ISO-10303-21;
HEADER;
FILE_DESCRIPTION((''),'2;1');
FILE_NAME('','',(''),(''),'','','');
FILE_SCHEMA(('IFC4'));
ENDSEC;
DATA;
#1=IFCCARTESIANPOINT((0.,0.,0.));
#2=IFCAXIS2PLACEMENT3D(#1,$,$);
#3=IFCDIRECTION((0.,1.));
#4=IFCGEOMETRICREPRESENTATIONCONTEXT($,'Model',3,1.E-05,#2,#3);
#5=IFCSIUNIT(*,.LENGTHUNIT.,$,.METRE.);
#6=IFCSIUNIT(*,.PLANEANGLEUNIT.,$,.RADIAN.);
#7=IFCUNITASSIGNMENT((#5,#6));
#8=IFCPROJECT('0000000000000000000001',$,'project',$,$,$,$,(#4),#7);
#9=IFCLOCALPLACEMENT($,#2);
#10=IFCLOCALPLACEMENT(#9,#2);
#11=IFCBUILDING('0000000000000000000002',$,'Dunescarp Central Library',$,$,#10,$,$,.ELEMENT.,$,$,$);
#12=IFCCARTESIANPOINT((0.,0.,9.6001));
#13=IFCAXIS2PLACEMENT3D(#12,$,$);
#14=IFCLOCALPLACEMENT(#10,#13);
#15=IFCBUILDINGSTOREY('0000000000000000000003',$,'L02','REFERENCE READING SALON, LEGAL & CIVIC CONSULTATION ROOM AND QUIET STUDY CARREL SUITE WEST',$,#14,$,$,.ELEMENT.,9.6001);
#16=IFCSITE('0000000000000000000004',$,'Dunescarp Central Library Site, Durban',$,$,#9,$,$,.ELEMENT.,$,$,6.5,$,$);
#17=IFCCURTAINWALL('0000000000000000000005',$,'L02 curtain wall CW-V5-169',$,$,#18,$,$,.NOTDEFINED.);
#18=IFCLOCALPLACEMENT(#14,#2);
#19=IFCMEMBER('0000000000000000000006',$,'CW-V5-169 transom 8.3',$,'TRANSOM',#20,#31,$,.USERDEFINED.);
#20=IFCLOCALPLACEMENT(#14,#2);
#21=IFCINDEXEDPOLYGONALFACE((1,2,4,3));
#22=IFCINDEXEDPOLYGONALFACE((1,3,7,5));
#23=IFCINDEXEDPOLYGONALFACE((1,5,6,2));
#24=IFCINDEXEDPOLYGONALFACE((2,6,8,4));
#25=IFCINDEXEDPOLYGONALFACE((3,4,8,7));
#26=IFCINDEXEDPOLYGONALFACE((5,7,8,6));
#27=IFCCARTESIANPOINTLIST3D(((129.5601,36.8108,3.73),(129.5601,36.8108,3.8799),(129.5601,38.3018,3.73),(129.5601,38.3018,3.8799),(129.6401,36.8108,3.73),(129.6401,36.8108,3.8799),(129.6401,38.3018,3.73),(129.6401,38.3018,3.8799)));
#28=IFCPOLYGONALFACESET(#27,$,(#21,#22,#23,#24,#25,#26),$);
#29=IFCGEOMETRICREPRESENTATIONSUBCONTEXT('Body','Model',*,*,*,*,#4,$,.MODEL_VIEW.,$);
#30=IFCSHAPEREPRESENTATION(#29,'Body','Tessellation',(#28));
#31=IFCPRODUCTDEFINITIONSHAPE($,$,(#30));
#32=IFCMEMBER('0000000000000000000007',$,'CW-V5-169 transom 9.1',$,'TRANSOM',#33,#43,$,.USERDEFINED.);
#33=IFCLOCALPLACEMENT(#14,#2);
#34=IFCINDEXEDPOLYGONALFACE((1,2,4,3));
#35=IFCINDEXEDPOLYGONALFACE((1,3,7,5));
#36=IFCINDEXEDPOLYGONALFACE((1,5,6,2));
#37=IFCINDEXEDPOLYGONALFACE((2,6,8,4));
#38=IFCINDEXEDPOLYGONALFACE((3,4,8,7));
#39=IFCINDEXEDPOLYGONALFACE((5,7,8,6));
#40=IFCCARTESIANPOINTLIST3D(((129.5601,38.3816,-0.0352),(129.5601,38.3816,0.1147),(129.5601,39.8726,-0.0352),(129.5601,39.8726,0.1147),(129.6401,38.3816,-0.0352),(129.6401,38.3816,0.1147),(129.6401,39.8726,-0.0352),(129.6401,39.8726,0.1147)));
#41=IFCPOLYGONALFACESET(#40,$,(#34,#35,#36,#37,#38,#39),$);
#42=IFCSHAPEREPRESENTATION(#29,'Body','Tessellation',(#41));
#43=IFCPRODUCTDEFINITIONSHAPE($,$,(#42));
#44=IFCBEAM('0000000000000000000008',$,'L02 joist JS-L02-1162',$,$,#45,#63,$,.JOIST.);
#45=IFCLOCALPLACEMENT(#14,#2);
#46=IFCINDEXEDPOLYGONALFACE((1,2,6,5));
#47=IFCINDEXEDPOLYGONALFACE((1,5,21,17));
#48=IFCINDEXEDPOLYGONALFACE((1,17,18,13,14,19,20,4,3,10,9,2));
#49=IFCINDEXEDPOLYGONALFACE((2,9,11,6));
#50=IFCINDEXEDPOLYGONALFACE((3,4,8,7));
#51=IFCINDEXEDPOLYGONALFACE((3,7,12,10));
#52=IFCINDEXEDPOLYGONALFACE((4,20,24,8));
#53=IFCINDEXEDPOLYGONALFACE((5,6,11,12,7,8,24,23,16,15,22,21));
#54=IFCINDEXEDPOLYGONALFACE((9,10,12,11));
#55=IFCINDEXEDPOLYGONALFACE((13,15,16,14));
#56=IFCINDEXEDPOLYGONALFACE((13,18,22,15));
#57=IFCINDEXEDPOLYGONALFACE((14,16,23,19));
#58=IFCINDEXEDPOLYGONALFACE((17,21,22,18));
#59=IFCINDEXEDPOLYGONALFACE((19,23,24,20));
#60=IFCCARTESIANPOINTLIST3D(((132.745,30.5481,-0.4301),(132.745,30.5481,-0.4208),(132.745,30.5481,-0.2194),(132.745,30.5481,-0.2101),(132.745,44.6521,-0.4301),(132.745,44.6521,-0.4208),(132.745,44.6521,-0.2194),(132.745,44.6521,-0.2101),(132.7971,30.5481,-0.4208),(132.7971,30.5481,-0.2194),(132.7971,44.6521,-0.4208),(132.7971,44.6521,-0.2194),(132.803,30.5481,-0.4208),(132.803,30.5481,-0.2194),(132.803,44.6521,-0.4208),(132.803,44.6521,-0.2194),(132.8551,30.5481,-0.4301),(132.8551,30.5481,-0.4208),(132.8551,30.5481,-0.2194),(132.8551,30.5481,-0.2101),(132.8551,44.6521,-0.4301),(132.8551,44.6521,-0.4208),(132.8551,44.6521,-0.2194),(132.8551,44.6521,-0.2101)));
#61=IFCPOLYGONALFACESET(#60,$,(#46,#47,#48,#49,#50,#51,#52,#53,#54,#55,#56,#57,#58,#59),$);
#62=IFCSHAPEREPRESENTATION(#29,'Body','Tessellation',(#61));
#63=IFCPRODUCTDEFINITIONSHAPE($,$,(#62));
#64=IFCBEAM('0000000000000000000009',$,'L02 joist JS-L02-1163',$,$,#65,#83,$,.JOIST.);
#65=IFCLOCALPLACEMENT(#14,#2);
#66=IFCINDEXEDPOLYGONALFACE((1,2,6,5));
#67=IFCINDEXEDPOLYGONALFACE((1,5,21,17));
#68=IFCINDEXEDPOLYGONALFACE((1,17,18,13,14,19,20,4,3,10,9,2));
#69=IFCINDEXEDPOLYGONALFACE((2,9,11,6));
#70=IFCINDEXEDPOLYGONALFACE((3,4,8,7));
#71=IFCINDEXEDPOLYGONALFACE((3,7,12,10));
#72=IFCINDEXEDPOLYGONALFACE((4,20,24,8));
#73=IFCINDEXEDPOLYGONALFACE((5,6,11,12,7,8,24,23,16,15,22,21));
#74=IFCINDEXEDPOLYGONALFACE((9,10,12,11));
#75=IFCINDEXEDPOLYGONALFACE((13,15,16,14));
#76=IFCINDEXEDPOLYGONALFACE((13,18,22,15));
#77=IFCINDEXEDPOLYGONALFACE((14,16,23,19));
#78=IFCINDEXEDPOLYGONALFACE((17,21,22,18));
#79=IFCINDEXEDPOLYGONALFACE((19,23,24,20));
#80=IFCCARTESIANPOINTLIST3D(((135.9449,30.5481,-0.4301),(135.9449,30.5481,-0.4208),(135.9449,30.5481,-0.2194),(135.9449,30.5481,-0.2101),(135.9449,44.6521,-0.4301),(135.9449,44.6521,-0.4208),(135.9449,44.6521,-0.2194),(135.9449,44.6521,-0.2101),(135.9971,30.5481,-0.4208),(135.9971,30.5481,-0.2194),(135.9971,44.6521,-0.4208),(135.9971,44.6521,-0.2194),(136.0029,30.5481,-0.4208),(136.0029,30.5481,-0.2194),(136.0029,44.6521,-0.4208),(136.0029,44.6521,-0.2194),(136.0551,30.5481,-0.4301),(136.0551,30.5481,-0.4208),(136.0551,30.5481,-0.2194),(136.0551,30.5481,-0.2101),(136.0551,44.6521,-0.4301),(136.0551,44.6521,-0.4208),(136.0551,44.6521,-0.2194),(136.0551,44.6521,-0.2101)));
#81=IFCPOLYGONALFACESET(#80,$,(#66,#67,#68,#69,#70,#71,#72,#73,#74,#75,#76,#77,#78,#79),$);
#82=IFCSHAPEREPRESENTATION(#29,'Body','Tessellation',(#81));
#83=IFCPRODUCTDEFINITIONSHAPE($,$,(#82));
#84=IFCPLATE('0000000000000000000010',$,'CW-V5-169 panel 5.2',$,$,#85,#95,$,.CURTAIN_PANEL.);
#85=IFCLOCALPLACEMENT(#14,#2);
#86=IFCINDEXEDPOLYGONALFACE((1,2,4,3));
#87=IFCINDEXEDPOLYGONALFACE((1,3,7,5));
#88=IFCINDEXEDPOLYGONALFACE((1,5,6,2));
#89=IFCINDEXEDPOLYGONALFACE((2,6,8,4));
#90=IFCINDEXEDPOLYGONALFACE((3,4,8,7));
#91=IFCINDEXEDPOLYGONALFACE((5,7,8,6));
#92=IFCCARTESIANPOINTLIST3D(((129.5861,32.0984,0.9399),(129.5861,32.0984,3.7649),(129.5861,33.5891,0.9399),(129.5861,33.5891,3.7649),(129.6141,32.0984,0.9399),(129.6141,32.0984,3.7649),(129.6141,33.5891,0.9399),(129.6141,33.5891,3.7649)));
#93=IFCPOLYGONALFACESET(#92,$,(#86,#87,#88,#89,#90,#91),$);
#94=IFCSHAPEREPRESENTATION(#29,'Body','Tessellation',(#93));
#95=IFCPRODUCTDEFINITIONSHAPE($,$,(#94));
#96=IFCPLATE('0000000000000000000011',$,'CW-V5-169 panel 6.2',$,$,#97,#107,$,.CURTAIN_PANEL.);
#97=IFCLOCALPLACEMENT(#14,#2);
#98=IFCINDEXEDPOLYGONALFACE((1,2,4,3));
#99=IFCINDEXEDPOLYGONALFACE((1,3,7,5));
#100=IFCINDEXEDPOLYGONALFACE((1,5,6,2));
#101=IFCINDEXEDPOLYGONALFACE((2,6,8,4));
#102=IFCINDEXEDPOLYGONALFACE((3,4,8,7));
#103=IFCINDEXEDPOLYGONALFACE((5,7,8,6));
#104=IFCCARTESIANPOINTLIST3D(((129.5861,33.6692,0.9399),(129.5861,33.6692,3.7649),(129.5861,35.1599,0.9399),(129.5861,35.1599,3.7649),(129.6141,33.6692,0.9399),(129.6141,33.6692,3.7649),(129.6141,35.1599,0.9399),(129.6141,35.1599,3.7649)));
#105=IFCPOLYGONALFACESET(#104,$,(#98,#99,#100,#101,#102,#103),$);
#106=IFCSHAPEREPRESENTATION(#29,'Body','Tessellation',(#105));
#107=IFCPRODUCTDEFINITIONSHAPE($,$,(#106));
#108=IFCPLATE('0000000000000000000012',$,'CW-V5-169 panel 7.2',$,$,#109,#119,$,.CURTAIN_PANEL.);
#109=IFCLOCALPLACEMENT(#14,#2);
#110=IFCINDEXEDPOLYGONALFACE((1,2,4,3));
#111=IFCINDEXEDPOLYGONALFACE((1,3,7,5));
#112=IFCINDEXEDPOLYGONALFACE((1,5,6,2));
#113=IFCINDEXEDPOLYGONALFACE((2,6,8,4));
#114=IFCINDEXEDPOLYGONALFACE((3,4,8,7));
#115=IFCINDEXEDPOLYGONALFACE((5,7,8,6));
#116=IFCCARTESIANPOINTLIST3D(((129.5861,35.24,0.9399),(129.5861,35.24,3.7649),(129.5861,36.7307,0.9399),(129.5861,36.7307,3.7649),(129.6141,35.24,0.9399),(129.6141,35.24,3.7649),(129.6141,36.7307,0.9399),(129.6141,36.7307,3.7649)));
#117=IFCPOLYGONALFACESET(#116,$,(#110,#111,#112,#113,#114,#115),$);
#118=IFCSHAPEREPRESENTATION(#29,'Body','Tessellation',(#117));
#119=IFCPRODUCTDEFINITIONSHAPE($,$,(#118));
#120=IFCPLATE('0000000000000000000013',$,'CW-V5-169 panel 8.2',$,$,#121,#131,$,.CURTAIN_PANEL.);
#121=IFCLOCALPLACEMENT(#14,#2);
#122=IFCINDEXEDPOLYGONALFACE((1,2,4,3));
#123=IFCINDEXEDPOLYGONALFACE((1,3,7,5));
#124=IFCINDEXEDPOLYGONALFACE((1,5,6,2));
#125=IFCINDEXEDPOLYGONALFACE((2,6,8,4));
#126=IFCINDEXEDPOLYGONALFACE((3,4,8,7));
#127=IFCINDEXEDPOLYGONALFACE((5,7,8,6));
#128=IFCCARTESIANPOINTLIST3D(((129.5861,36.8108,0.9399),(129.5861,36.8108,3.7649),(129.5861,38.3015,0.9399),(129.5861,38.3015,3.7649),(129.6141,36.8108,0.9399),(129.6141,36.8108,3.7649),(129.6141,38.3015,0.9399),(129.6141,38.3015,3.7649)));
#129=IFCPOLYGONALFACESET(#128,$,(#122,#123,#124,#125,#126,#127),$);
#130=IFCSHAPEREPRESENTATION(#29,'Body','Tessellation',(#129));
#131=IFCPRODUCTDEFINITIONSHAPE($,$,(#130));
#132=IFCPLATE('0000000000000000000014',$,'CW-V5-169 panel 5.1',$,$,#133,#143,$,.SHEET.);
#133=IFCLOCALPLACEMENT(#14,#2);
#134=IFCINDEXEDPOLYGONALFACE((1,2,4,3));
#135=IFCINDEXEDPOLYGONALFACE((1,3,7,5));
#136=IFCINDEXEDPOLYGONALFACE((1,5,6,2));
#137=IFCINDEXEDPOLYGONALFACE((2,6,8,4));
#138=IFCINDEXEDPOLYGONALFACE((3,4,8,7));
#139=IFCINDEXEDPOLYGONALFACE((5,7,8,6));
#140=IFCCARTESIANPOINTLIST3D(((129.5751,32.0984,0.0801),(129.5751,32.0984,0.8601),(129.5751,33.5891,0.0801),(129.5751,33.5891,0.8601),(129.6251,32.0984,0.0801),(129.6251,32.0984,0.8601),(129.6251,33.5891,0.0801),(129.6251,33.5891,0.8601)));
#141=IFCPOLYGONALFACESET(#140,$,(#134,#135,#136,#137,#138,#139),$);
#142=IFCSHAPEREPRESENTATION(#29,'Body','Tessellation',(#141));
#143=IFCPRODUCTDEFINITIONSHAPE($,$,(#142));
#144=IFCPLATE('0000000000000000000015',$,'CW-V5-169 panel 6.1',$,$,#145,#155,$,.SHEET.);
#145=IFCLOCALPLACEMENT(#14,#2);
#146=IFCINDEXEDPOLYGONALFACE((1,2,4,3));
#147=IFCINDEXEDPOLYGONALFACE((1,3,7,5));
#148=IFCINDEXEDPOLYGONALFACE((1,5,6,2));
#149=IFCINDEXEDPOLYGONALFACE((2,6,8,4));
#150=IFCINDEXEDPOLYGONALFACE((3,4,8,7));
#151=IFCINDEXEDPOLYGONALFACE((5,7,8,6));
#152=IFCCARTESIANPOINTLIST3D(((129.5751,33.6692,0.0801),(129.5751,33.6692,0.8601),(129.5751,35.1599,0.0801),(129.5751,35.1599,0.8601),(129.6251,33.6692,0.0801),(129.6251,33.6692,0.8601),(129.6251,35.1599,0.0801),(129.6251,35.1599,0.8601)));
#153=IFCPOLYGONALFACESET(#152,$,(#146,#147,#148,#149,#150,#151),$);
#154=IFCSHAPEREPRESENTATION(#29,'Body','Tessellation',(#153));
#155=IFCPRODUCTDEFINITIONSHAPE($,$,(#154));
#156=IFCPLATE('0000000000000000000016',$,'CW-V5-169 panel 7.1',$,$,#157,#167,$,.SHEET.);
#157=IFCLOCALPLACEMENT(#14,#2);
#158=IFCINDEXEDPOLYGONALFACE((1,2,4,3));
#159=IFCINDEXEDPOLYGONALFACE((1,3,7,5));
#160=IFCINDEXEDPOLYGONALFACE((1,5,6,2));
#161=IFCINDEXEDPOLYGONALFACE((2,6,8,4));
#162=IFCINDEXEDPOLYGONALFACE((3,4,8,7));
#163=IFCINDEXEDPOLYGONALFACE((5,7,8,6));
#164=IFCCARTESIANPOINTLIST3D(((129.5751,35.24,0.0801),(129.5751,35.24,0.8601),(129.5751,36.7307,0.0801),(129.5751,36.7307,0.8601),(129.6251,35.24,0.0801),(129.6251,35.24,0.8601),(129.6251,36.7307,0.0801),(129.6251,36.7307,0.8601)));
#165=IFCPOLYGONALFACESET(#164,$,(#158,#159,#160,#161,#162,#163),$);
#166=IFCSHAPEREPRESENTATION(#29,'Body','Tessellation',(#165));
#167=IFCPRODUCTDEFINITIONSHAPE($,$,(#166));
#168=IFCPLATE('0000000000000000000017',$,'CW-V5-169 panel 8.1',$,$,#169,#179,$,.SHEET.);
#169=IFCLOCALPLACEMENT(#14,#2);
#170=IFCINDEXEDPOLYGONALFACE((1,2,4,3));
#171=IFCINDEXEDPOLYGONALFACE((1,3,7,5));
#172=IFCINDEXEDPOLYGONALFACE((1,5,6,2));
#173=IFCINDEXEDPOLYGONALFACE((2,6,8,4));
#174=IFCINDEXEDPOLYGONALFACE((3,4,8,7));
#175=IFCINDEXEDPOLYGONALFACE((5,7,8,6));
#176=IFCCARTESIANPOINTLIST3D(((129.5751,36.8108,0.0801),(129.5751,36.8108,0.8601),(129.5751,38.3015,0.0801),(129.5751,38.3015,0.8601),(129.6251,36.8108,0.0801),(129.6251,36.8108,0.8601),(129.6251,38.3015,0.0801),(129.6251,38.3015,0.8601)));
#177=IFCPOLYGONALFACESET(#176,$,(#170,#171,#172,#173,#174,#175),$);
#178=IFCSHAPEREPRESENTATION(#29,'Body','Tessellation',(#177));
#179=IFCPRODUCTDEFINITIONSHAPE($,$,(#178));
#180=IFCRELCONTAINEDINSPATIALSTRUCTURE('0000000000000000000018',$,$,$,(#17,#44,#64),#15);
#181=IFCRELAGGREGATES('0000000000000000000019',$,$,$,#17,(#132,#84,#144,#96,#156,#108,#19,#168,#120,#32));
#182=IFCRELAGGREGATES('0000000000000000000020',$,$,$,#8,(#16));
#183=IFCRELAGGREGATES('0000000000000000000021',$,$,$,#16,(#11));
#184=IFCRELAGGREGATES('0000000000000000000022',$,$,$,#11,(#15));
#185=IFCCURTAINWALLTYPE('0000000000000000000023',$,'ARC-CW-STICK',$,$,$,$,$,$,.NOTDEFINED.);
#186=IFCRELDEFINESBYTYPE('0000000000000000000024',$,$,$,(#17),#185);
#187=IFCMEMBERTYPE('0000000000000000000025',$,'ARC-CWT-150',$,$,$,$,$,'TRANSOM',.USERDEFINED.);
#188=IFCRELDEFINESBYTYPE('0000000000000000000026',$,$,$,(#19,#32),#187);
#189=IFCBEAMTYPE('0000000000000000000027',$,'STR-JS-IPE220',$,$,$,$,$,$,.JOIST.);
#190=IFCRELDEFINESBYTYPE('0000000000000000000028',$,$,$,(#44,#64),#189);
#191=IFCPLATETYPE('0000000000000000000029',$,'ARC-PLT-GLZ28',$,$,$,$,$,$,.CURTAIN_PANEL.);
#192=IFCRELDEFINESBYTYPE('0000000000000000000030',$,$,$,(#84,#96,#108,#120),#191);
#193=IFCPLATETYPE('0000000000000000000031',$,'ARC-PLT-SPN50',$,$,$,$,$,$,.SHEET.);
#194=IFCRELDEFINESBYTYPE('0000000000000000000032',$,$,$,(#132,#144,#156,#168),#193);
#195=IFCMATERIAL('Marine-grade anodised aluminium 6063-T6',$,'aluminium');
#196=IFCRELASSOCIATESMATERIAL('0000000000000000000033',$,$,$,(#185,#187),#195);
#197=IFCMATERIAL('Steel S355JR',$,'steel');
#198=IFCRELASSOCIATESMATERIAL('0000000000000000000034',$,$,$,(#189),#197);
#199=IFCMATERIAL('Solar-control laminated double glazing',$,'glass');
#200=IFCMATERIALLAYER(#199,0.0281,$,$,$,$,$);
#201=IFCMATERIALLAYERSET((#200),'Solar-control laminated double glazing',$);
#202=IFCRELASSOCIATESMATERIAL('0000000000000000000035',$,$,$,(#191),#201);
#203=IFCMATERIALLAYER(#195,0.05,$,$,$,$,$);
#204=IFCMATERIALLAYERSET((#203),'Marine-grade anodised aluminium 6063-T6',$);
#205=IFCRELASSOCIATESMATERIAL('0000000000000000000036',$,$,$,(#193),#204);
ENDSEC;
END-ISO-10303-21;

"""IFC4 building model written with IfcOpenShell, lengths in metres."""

from ifc_helpers import new_model, si_unit, direction, frame, origin, origin_2d, place, context, subcontext, project, spatial, rectangle, i_section, extrude, material, layer, layer_set, material_profile, profile_set, type_object, element, aggregate, save


model = new_model("IFC4")

# Units and contexts
model_context = context("Model", 3, precision=1e-05, world=origin(), true_north=direction((0.0, 1.0)))
body_context = subcontext(model_context, "Body", "Model", "MODEL_VIEW")
ifc_project = project(units=[si_unit("LENGTHUNIT", "METRE"), si_unit("PLANEANGLEUNIT", "RADIAN")], contexts=[model_context])

# Site, building, storey
site_placement = place(None, origin())
site = spatial("IfcSite", under=ifc_project, at=site_placement, Name="Dunescarp Central Library Site, Durban", CompositionType="ELEMENT", RefElevation=6.5)
building_placement = place(site_placement, origin())
building = spatial("IfcBuilding", under=site, at=building_placement, Name="Dunescarp Central Library", CompositionType="ELEMENT")
storey_placement = place(building_placement, frame((0.0, 0.0, 9.6001)))
storey = spatial("IfcBuildingStorey", under=building, at=storey_placement, Name="L02", Description="REFERENCE READING SALON, LEGAL & CIVIC CONSULTATION ROOM AND QUIET STUDY CARREL SUITE WEST", CompositionType="ELEMENT", Elevation=9.6001)

# Curtain wall, members
ifc_material_1 = material(Name="Marine-grade anodised aluminium 6063-T6", Category="aluminium")
curtain_wall_type = type_object("IfcCurtainWallType", Name="ARC-CW-STICK", PredefinedType="NOTDEFINED", material=ifc_material_1)
curtain_wall_placement = place(storey_placement, origin())
curtain_wall = element("IfcCurtainWall", 1, at=curtain_wall_placement, inside=storey, type_object=curtain_wall_type, Name="L02 curtain wall CW-V5-169", PredefinedType="NOTDEFINED")
ifc_material_profile_1 = material_profile(ifc_material_1, rectangle(XDim=0.0801, YDim=0.1499, at=origin_2d()), Name="AL 80x150")
ifc_profile_set_1 = profile_set([ifc_material_profile_1], Name="Marine-grade anodised aluminium 6063-T6")
member_type_1 = type_object("IfcMemberType", Name="ARC-CWT-150", ElementType="TRANSOM", PredefinedType="USERDEFINED", material=ifc_profile_set_1)
member_1_placement = place(storey_placement, frame((129.6001, 36.8108, 3.8049), z_axis=(0.0, 1.0, 0.0), x_axis=(-1.0, 0.0, 0.0)))
member_1 = element("IfcMember", 2, at=member_1_placement, type_object=member_type_1, Name="CW-V5-169 transom 8.3", ObjectType="TRANSOM", PredefinedType="USERDEFINED", context=body_context, shape_type="SweptSolid", body=[
    extrude(rectangle(XDim=0.0801, YDim=0.1499, at=origin_2d()), origin(), (0.0, 0.0, 1.0), 1.491),
])
member_2_placement = place(storey_placement, frame((129.6001, 38.3816, 0.0398), z_axis=(0.0, 1.0, 0.0), x_axis=(-1.0, 0.0, 0.0)))
member_2 = element("IfcMember", 3, at=member_2_placement, type_object=member_type_1, Name="CW-V5-169 transom 9.1", ObjectType="TRANSOM", PredefinedType="USERDEFINED", context=body_context, shape_type="SweptSolid", body=[
    extrude(rectangle(XDim=0.0801, YDim=0.1499, at=origin_2d()), origin(), (0.0, 0.0, 1.0), 1.491),
])

# Beams
ifc_material_2 = material(Name="Steel S355JR", Category="steel")
ifc_material_profile_2 = material_profile(ifc_material_2, i_section(OverallWidth=0.1101, OverallDepth=0.22, WebThickness=0.0059, FlangeThickness=0.0093, at=origin_2d()), Name="IPE 220")
ifc_profile_set_2 = profile_set([ifc_material_profile_2], Name="Steel S355JR")
beam_type = type_object("IfcBeamType", Name="STR-JS-IPE220", PredefinedType="JOIST", material=ifc_profile_set_2)
for number, where, z_axis, x_axis, name in (
    (4, (132.8, 30.5481, -0.3201), (0.0, 1.0, 0.0), (-1.0, 0.0, 0.0), "L02 joist JS-L02-1162"),
    (5, (136.0, 30.5481, -0.3201), (0.0, 1.0, 0.0), (-1.0, 0.0, 0.0), "L02 joist JS-L02-1163"),
):
    element("IfcBeam", number, at=place(storey_placement, frame(where, z_axis=z_axis, x_axis=x_axis)), inside=storey, type_object=beam_type, Name=name, PredefinedType="JOIST", context=body_context, shape_type="SweptSolid", body=[
        extrude(i_section(OverallWidth=0.1101, OverallDepth=0.22, WebThickness=0.0059, FlangeThickness=0.0093, at=origin_2d()), origin(), (0.0, 0.0, 1.0), 14.104),
    ])

# Plates
ifc_material_3 = material(Name="Solar-control laminated double glazing", Category="glass")
ifc_layer_1 = layer(ifc_material_3, 0.0281)
ifc_layer_set_1 = layer_set([ifc_layer_1], Name="Solar-control laminated double glazing")
plate_type_1 = type_object("IfcPlateType", Name="ARC-PLT-GLZ28", PredefinedType="CURTAIN_PANEL", material=ifc_layer_set_1)
plate_1_placement = place(storey_placement, frame((129.6001, 32.8438, 0.9399), z_axis=(0.0, 0.0, 1.0), x_axis=(0.0, 1.0, 0.0)))
plate_1 = element("IfcPlate", 6, at=plate_1_placement, type_object=plate_type_1, Name="CW-V5-169 panel 5.2", PredefinedType="CURTAIN_PANEL", context=body_context, shape_type="SweptSolid", body=[
    extrude(rectangle(XDim=1.4907, YDim=0.0281, at=origin_2d()), origin(), (0.0, 0.0, 1.0), 2.825),
])
plate_2_placement = place(storey_placement, frame((129.6001, 34.4146, 0.9399), z_axis=(0.0, 0.0, 1.0), x_axis=(0.0, 1.0, 0.0)))
plate_2 = element("IfcPlate", 7, at=plate_2_placement, type_object=plate_type_1, Name="CW-V5-169 panel 6.2", PredefinedType="CURTAIN_PANEL", context=body_context, shape_type="SweptSolid", body=[
    extrude(rectangle(XDim=1.4907, YDim=0.0281, at=origin_2d()), origin(), (0.0, 0.0, 1.0), 2.825),
])
plate_3_placement = place(storey_placement, frame((129.6001, 35.9854, 0.9399), z_axis=(0.0, 0.0, 1.0), x_axis=(0.0, 1.0, 0.0)))
plate_3 = element("IfcPlate", 8, at=plate_3_placement, type_object=plate_type_1, Name="CW-V5-169 panel 7.2", PredefinedType="CURTAIN_PANEL", context=body_context, shape_type="SweptSolid", body=[
    extrude(rectangle(XDim=1.4907, YDim=0.0281, at=origin_2d()), origin(), (0.0, 0.0, 1.0), 2.825),
])
plate_4_placement = place(storey_placement, frame((129.6001, 37.5562, 0.9399), z_axis=(0.0, 0.0, 1.0), x_axis=(0.0, 1.0, 0.0)))
plate_4 = element("IfcPlate", 9, at=plate_4_placement, type_object=plate_type_1, Name="CW-V5-169 panel 8.2", PredefinedType="CURTAIN_PANEL", context=body_context, shape_type="SweptSolid", body=[
    extrude(rectangle(XDim=1.4907, YDim=0.0281, at=origin_2d()), origin(), (0.0, 0.0, 1.0), 2.825),
])
ifc_layer_2 = layer(ifc_material_1, 0.05)
ifc_layer_set_2 = layer_set([ifc_layer_2], Name="Marine-grade anodised aluminium 6063-T6")
plate_type_2 = type_object("IfcPlateType", Name="ARC-PLT-SPN50", PredefinedType="SHEET", material=ifc_layer_set_2)
plate_5_placement = place(storey_placement, frame((129.6001, 32.8438, 0.0801), z_axis=(0.0, 0.0, 1.0), x_axis=(0.0, 1.0, 0.0)))
plate_5 = element("IfcPlate", 10, at=plate_5_placement, type_object=plate_type_2, Name="CW-V5-169 panel 5.1", PredefinedType="SHEET", context=body_context, shape_type="SweptSolid", body=[
    extrude(rectangle(XDim=1.4907, YDim=0.05, at=origin_2d()), origin(), (0.0, 0.0, 1.0), 0.78),
])
plate_6_placement = place(storey_placement, frame((129.6001, 34.4146, 0.0801), z_axis=(0.0, 0.0, 1.0), x_axis=(0.0, 1.0, 0.0)))
plate_6 = element("IfcPlate", 11, at=plate_6_placement, type_object=plate_type_2, Name="CW-V5-169 panel 6.1", PredefinedType="SHEET", context=body_context, shape_type="SweptSolid", body=[
    extrude(rectangle(XDim=1.4907, YDim=0.05, at=origin_2d()), origin(), (0.0, 0.0, 1.0), 0.78),
])
plate_7_placement = place(storey_placement, frame((129.6001, 35.9854, 0.0801), z_axis=(0.0, 0.0, 1.0), x_axis=(0.0, 1.0, 0.0)))
plate_7 = element("IfcPlate", 12, at=plate_7_placement, type_object=plate_type_2, Name="CW-V5-169 panel 7.1", PredefinedType="SHEET", context=body_context, shape_type="SweptSolid", body=[
    extrude(rectangle(XDim=1.4907, YDim=0.05, at=origin_2d()), origin(), (0.0, 0.0, 1.0), 0.78),
])
plate_8_placement = place(storey_placement, frame((129.6001, 37.5562, 0.0801), z_axis=(0.0, 0.0, 1.0), x_axis=(0.0, 1.0, 0.0)))
plate_8 = element("IfcPlate", 13, at=plate_8_placement, type_object=plate_type_2, Name="CW-V5-169 panel 8.1", PredefinedType="SHEET", context=body_context, shape_type="SweptSolid", body=[
    extrude(rectangle(XDim=1.4907, YDim=0.05, at=origin_2d()), origin(), (0.0, 0.0, 1.0), 0.78),
])
aggregate(curtain_wall, [plate_5, plate_1, plate_6, plate_2, plate_7, plate_3, member_1, plate_8, plate_4, member_2])

save(model, "model.ifc")
